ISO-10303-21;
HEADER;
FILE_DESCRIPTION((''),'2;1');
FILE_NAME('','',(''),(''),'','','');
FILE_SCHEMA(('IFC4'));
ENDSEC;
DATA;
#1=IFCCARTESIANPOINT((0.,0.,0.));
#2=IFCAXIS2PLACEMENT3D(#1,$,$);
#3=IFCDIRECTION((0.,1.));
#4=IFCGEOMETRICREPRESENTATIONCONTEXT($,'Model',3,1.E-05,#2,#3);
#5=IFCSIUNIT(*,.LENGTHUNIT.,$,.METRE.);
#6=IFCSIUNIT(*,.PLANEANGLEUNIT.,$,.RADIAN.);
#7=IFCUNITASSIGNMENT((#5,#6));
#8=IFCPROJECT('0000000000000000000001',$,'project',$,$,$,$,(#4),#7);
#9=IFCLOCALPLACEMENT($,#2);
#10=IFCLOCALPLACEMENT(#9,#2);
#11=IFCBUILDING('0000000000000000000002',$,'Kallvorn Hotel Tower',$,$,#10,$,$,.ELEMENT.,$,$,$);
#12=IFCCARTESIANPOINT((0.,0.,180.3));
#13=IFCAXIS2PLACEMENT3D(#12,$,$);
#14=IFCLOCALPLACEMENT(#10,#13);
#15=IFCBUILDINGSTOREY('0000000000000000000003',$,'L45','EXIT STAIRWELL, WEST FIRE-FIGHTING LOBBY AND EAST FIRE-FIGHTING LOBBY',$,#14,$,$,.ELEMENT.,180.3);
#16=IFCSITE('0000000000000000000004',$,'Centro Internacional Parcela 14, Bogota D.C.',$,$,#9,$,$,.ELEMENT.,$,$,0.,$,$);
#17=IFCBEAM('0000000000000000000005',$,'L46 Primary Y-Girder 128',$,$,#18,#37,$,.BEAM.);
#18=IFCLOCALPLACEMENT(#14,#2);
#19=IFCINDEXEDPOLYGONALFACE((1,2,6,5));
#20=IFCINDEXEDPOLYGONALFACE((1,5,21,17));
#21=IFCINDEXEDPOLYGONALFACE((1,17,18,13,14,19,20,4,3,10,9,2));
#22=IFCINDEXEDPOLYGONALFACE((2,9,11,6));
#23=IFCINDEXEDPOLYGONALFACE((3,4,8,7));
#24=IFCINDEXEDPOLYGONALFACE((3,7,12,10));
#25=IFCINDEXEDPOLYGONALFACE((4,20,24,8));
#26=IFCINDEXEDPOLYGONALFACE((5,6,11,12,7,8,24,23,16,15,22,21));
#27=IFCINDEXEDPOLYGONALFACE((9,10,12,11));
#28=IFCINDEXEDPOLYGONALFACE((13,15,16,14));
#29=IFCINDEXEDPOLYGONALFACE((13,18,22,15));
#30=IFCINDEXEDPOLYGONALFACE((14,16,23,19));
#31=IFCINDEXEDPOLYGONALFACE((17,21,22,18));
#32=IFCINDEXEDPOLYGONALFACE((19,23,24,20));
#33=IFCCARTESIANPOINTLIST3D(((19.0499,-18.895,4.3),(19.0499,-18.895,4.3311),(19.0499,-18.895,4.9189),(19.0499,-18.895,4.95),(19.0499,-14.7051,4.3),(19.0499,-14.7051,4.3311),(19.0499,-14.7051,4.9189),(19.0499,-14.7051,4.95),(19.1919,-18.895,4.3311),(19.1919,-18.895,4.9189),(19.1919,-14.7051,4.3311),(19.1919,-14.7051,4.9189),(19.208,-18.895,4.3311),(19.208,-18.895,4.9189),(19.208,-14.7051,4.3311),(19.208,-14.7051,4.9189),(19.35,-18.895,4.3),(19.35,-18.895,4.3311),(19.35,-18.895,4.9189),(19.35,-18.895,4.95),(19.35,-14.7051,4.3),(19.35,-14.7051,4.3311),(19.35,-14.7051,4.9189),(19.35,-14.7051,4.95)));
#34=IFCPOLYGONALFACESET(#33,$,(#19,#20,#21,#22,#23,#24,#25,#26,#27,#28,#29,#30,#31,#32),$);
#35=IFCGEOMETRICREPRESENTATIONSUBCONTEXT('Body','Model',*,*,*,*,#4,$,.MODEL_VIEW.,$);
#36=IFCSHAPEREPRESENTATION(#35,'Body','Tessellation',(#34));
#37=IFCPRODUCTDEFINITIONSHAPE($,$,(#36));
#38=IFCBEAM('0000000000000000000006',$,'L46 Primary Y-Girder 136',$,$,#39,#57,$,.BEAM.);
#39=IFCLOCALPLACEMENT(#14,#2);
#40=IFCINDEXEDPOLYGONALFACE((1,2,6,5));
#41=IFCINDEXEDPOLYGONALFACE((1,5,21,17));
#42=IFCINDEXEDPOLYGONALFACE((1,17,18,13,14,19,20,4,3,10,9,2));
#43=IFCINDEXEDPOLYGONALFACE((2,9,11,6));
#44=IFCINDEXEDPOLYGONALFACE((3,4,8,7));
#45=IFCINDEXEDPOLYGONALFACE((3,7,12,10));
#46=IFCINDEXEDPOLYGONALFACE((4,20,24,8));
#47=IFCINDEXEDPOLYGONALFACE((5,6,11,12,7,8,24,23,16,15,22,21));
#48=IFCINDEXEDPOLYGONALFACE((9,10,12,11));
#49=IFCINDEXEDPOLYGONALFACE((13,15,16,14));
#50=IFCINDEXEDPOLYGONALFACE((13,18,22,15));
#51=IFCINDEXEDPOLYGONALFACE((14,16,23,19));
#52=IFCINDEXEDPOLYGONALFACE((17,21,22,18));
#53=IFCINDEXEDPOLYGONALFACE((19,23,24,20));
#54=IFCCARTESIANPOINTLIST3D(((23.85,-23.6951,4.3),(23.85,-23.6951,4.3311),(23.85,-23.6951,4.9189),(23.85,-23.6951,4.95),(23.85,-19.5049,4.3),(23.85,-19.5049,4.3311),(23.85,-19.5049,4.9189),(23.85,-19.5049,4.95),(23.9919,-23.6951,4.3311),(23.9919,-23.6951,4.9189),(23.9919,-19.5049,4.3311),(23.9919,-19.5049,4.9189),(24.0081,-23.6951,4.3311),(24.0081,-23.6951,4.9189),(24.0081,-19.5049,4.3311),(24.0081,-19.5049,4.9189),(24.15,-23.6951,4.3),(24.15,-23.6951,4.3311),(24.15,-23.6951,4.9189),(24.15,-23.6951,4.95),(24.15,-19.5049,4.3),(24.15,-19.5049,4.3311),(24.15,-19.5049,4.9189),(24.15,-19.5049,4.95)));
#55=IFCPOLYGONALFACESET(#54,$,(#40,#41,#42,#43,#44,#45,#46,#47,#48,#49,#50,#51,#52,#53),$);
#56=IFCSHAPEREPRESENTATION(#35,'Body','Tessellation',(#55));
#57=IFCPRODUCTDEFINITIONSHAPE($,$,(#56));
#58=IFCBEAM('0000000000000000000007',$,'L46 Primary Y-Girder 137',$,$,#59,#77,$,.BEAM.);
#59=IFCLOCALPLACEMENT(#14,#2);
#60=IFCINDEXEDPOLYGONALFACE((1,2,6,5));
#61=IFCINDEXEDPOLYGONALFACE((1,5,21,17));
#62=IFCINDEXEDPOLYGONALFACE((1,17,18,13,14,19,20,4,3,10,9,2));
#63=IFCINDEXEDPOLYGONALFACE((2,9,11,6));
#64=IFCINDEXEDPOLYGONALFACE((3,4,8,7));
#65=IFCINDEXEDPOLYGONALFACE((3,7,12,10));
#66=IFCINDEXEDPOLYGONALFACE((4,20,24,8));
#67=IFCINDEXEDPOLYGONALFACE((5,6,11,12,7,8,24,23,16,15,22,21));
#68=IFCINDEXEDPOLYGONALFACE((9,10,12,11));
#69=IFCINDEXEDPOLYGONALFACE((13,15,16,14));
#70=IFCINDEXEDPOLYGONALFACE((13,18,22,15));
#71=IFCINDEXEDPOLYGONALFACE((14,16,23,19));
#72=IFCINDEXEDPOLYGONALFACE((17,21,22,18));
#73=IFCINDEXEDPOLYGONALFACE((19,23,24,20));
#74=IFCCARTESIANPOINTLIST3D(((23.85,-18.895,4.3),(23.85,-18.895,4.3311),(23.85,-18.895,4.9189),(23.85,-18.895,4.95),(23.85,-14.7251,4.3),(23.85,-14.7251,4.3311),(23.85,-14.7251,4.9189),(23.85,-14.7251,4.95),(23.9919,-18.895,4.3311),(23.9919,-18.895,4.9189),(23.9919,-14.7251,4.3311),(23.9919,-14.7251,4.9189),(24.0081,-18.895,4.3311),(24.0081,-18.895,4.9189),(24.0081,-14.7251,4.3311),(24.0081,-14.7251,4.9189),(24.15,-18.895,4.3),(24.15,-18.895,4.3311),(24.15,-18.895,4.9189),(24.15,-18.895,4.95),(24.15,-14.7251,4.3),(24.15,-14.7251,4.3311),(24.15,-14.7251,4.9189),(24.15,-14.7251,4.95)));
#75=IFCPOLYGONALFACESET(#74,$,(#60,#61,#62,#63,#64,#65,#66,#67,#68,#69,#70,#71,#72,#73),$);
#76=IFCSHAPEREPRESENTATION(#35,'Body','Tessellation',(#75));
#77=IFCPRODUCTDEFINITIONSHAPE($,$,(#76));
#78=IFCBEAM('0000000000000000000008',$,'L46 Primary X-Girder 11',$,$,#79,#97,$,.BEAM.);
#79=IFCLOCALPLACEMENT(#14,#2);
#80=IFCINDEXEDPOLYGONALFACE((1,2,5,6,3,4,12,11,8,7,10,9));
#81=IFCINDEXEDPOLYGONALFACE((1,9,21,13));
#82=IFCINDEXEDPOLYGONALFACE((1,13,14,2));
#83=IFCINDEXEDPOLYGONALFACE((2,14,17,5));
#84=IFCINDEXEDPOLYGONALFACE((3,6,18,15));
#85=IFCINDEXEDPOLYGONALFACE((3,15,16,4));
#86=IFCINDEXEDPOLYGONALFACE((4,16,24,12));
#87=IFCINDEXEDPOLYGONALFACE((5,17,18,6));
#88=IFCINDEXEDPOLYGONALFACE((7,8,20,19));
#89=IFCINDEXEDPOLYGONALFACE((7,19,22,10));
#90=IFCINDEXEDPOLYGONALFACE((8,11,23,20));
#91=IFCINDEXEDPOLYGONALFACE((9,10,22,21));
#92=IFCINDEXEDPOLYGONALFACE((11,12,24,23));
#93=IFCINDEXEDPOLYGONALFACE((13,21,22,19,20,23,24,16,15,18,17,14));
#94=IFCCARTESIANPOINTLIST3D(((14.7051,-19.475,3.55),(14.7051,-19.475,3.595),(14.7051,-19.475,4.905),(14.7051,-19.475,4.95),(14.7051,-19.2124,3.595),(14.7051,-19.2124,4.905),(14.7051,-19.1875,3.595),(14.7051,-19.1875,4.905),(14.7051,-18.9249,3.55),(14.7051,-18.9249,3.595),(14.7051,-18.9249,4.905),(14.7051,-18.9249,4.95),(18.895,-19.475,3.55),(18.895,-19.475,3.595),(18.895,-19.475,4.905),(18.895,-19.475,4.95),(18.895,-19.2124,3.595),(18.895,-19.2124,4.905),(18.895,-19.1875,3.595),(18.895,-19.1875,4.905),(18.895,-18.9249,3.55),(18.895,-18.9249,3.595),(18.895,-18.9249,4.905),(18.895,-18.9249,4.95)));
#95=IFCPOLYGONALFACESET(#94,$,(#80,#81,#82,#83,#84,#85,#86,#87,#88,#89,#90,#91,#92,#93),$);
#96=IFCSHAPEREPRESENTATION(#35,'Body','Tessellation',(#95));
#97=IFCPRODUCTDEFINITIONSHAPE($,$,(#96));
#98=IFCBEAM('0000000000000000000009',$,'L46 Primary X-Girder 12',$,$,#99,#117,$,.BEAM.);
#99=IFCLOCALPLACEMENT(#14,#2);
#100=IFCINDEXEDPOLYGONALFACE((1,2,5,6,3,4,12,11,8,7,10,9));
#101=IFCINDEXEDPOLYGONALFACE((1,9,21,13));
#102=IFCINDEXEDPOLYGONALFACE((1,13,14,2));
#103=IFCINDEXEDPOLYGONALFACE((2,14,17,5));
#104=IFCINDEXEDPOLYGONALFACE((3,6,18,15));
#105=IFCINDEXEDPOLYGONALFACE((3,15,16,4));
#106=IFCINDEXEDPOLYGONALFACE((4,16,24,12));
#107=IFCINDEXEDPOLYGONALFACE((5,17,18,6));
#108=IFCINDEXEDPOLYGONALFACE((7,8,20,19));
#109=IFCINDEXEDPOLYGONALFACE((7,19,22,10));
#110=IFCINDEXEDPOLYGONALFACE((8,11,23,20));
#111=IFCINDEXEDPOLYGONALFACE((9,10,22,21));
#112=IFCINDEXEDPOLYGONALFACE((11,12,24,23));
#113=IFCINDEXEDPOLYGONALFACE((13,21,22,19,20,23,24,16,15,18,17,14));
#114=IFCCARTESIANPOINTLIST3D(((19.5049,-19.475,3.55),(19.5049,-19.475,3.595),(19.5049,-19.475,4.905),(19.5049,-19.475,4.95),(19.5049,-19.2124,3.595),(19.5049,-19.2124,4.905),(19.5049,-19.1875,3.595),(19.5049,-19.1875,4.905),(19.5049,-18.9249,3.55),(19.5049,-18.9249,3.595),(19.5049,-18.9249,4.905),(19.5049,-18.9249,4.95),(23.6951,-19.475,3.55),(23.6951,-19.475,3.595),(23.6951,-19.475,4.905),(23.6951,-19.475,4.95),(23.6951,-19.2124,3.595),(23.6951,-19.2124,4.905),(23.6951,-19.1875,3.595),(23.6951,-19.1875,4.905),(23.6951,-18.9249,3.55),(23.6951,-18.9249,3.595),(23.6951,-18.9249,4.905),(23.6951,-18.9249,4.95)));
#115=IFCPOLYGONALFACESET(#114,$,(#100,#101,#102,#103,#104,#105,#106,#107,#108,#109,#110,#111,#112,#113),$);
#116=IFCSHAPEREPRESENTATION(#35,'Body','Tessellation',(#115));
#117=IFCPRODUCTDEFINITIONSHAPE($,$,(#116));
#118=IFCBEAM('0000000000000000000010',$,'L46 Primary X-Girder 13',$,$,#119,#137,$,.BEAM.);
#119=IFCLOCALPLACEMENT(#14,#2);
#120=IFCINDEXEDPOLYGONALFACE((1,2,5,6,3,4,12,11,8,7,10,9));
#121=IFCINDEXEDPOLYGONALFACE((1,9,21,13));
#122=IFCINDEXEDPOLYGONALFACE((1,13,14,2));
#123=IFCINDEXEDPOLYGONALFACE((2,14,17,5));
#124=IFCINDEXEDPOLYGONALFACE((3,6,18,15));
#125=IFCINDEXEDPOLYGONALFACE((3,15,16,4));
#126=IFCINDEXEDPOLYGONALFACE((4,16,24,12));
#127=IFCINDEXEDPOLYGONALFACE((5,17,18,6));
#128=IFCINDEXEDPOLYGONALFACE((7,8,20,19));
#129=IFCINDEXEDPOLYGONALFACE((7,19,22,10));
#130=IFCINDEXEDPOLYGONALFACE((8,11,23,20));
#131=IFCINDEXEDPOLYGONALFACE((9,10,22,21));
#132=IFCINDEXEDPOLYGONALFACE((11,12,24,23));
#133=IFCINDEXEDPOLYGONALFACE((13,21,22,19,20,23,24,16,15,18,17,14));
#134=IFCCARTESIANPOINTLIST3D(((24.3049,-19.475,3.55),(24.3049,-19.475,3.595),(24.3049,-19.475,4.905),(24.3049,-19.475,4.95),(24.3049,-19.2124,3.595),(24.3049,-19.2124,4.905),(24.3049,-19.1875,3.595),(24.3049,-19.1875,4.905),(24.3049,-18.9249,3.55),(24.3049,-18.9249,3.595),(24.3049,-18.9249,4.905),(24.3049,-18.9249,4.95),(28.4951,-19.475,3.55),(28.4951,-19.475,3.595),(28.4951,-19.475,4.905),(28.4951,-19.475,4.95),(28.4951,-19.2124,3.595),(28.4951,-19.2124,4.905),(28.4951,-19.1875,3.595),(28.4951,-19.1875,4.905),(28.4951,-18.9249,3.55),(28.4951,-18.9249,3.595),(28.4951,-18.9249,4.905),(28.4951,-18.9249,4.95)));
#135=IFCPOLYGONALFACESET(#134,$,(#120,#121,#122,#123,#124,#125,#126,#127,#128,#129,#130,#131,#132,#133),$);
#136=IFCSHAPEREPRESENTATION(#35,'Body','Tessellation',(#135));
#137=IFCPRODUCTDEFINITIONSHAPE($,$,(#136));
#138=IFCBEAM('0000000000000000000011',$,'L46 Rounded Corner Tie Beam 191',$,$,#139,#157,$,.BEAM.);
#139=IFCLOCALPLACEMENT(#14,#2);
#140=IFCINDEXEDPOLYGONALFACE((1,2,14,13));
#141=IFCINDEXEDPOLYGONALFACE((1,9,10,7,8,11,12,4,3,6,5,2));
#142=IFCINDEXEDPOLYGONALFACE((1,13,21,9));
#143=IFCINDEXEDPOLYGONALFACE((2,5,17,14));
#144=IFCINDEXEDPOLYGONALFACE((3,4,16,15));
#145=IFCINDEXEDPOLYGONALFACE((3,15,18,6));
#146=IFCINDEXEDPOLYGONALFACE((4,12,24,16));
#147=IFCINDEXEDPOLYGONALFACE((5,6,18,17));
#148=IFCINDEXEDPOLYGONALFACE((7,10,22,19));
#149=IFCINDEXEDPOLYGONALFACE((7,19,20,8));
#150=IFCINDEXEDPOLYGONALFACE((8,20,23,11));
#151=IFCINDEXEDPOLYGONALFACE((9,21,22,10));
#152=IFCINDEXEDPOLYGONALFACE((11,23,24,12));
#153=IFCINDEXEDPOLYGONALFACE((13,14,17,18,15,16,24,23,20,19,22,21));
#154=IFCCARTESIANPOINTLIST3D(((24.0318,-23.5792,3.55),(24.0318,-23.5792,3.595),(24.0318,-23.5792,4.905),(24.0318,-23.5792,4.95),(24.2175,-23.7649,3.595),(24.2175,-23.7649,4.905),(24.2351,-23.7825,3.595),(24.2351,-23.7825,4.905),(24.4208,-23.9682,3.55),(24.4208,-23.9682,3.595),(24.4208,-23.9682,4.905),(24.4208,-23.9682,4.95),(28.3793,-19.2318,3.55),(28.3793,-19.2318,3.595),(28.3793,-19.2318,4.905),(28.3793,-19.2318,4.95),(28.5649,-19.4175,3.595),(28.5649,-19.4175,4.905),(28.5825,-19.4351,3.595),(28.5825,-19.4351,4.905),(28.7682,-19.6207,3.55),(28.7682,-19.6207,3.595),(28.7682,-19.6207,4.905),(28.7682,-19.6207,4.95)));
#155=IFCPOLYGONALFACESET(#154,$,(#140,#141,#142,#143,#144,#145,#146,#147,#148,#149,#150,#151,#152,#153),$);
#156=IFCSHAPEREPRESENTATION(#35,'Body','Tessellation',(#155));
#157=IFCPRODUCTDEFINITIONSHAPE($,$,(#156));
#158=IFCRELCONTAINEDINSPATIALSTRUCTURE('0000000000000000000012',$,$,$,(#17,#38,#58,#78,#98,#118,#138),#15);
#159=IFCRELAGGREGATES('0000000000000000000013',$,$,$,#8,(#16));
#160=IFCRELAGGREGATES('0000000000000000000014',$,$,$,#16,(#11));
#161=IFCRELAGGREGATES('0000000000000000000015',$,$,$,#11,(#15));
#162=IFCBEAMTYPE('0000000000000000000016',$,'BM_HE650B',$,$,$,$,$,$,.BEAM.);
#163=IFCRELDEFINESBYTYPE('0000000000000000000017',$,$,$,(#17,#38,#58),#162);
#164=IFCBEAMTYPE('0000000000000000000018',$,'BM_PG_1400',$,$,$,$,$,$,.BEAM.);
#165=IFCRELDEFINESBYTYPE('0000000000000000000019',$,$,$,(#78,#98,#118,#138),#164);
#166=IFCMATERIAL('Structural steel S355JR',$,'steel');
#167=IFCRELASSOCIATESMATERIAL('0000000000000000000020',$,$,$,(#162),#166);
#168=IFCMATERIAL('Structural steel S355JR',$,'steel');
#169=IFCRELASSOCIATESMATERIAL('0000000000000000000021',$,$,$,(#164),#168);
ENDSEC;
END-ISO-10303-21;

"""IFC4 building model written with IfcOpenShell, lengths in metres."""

from ifc_helpers import new_model, si_unit, direction, frame, origin, origin_2d, place, context, subcontext, project, spatial, i_section, extrude, material, material_profile, profile_set, type_object, element, save


model = new_model("IFC4")

# Units and contexts
model_context = context("Model", 3, precision=1e-05, world=origin(), true_north=direction((0.0, 1.0)))
body_context = subcontext(model_context, "Body", "Model", "MODEL_VIEW")
ifc_project = project(units=[si_unit("LENGTHUNIT", "METRE"), si_unit("PLANEANGLEUNIT", "RADIAN")], contexts=[model_context])

# Site, building, storey
site_placement = place(None, origin())
site = spatial("IfcSite", under=ifc_project, at=site_placement, Name="Centro Internacional Parcela 14, Bogota D.C.", CompositionType="ELEMENT", RefElevation=0.0)
building_placement = place(site_placement, origin())
building = spatial("IfcBuilding", under=site, at=building_placement, Name="Kallvorn Hotel Tower", CompositionType="ELEMENT")
storey_placement = place(building_placement, frame((0.0, 0.0, 180.3)))
storey = spatial("IfcBuildingStorey", under=building, at=storey_placement, Name="L45", Description="EXIT STAIRWELL, WEST FIRE-FIGHTING LOBBY AND EAST FIRE-FIGHTING LOBBY", CompositionType="ELEMENT", Elevation=180.3)

# Beams
ifc_material_1 = material(Name="Structural steel S355JR", Category="steel")
ifc_material_profile_1 = material_profile(ifc_material_1, i_section(OverallWidth=0.3, OverallDepth=0.6499, WebThickness=0.0161, FlangeThickness=0.031, at=origin_2d()), Name="HE 650 B")
ifc_profile_set_1 = profile_set([ifc_material_profile_1], Name="Structural steel S355JR")
beam_type_1 = type_object("IfcBeamType", Name="BM_HE650B", PredefinedType="BEAM", material=ifc_profile_set_1)
beam_1_placement = place(storey_placement, frame((19.2, -18.895, 4.625), z_axis=(0.0, 1.0, 0.0), x_axis=(-1.0, 0.0, 0.0)))
element("IfcBeam", 1, at=beam_1_placement, inside=storey, type_object=beam_type_1, Name="L46 Primary Y-Girder 128", PredefinedType="BEAM", context=body_context, shape_type="SweptSolid", body=[
    extrude(i_section(OverallWidth=0.3, OverallDepth=0.6499, WebThickness=0.0161, FlangeThickness=0.031, at=origin_2d()), origin(), (0.0, 0.0, 1.0), 4.1899),
])
beam_2_placement = place(storey_placement, frame((24.0, -23.6951, 4.625), z_axis=(0.0, 1.0, 0.0), x_axis=(-1.0, 0.0, 0.0)))
element("IfcBeam", 2, at=beam_2_placement, inside=storey, type_object=beam_type_1, Name="L46 Primary Y-Girder 136", PredefinedType="BEAM", context=body_context, shape_type="SweptSolid", body=[
    extrude(i_section(OverallWidth=0.3, OverallDepth=0.6499, WebThickness=0.0161, FlangeThickness=0.031, at=origin_2d()), origin(), (0.0, 0.0, 1.0), 4.1902),
])
beam_3_placement = place(storey_placement, frame((24.0, -18.895, 4.625), z_axis=(0.0, 1.0, 0.0), x_axis=(-1.0, 0.0, 0.0)))
element("IfcBeam", 3, at=beam_3_placement, inside=storey, type_object=beam_type_1, Name="L46 Primary Y-Girder 137", PredefinedType="BEAM", context=body_context, shape_type="SweptSolid", body=[
    extrude(i_section(OverallWidth=0.3, OverallDepth=0.6499, WebThickness=0.0161, FlangeThickness=0.031, at=origin_2d()), origin(), (0.0, 0.0, 1.0), 4.1699),
])
ifc_material_2 = material(Name="Structural steel S355JR", Category="steel")
ifc_material_profile_2 = material_profile(ifc_material_2, i_section(OverallWidth=0.55, OverallDepth=1.3999, WebThickness=0.0249, FlangeThickness=0.0449, at=origin_2d()), Name="PG 1400x550x25x45")
ifc_profile_set_2 = profile_set([ifc_material_profile_2], Name="Structural steel S355JR")
beam_type_2 = type_object("IfcBeamType", Name="BM_PG_1400", PredefinedType="BEAM", material=ifc_profile_set_2)
beam_4_placement = place(storey_placement, frame((14.7051, -19.2, 4.25), z_axis=(1.0, 0.0, 0.0), x_axis=(0.0, 1.0, 0.0)))
element("IfcBeam", 4, at=beam_4_placement, inside=storey, type_object=beam_type_2, Name="L46 Primary X-Girder 11", PredefinedType="BEAM", context=body_context, shape_type="SweptSolid", body=[
    extrude(i_section(OverallWidth=0.55, OverallDepth=1.3999, WebThickness=0.0249, FlangeThickness=0.0449, at=origin_2d()), origin(), (0.0, 0.0, 1.0), 4.1899),
])
for number, where, z_axis, x_axis, name in (
    (5, (19.5049, -19.2, 4.25), (1.0, 0.0, 0.0), (0.0, 1.0, 0.0), "L46 Primary X-Girder 12"),
    (6, (24.3049, -19.2, 4.25), (1.0, 0.0, 0.0), (0.0, 1.0, 0.0), "L46 Primary X-Girder 13"),
):
    element("IfcBeam", number, at=place(storey_placement, frame(where, z_axis=z_axis, x_axis=x_axis)), inside=storey, type_object=beam_type_2, Name=name, PredefinedType="BEAM", context=body_context, shape_type="SweptSolid", body=[
        extrude(i_section(OverallWidth=0.55, OverallDepth=1.3999, WebThickness=0.0249, FlangeThickness=0.0449, at=origin_2d()), origin(), (0.0, 0.0, 1.0), 4.1902),
    ])
beam_5_placement = place(storey_placement, frame((28.5737, -19.4263, 4.25), z_axis=(-0.707107, -0.707107, 0.0), x_axis=(0.707107, -0.707107, 0.0)))
element("IfcBeam", 7, at=beam_5_placement, inside=storey, type_object=beam_type_2, Name="L46 Rounded Corner Tie Beam 191", PredefinedType="BEAM", context=body_context, shape_type="SweptSolid", body=[
    extrude(i_section(OverallWidth=0.55, OverallDepth=1.3999, WebThickness=0.0249, FlangeThickness=0.0449, at=origin_2d()), origin(), (0.0, 0.0, 1.0), 6.1482),
])

save(model, "model.ifc")
